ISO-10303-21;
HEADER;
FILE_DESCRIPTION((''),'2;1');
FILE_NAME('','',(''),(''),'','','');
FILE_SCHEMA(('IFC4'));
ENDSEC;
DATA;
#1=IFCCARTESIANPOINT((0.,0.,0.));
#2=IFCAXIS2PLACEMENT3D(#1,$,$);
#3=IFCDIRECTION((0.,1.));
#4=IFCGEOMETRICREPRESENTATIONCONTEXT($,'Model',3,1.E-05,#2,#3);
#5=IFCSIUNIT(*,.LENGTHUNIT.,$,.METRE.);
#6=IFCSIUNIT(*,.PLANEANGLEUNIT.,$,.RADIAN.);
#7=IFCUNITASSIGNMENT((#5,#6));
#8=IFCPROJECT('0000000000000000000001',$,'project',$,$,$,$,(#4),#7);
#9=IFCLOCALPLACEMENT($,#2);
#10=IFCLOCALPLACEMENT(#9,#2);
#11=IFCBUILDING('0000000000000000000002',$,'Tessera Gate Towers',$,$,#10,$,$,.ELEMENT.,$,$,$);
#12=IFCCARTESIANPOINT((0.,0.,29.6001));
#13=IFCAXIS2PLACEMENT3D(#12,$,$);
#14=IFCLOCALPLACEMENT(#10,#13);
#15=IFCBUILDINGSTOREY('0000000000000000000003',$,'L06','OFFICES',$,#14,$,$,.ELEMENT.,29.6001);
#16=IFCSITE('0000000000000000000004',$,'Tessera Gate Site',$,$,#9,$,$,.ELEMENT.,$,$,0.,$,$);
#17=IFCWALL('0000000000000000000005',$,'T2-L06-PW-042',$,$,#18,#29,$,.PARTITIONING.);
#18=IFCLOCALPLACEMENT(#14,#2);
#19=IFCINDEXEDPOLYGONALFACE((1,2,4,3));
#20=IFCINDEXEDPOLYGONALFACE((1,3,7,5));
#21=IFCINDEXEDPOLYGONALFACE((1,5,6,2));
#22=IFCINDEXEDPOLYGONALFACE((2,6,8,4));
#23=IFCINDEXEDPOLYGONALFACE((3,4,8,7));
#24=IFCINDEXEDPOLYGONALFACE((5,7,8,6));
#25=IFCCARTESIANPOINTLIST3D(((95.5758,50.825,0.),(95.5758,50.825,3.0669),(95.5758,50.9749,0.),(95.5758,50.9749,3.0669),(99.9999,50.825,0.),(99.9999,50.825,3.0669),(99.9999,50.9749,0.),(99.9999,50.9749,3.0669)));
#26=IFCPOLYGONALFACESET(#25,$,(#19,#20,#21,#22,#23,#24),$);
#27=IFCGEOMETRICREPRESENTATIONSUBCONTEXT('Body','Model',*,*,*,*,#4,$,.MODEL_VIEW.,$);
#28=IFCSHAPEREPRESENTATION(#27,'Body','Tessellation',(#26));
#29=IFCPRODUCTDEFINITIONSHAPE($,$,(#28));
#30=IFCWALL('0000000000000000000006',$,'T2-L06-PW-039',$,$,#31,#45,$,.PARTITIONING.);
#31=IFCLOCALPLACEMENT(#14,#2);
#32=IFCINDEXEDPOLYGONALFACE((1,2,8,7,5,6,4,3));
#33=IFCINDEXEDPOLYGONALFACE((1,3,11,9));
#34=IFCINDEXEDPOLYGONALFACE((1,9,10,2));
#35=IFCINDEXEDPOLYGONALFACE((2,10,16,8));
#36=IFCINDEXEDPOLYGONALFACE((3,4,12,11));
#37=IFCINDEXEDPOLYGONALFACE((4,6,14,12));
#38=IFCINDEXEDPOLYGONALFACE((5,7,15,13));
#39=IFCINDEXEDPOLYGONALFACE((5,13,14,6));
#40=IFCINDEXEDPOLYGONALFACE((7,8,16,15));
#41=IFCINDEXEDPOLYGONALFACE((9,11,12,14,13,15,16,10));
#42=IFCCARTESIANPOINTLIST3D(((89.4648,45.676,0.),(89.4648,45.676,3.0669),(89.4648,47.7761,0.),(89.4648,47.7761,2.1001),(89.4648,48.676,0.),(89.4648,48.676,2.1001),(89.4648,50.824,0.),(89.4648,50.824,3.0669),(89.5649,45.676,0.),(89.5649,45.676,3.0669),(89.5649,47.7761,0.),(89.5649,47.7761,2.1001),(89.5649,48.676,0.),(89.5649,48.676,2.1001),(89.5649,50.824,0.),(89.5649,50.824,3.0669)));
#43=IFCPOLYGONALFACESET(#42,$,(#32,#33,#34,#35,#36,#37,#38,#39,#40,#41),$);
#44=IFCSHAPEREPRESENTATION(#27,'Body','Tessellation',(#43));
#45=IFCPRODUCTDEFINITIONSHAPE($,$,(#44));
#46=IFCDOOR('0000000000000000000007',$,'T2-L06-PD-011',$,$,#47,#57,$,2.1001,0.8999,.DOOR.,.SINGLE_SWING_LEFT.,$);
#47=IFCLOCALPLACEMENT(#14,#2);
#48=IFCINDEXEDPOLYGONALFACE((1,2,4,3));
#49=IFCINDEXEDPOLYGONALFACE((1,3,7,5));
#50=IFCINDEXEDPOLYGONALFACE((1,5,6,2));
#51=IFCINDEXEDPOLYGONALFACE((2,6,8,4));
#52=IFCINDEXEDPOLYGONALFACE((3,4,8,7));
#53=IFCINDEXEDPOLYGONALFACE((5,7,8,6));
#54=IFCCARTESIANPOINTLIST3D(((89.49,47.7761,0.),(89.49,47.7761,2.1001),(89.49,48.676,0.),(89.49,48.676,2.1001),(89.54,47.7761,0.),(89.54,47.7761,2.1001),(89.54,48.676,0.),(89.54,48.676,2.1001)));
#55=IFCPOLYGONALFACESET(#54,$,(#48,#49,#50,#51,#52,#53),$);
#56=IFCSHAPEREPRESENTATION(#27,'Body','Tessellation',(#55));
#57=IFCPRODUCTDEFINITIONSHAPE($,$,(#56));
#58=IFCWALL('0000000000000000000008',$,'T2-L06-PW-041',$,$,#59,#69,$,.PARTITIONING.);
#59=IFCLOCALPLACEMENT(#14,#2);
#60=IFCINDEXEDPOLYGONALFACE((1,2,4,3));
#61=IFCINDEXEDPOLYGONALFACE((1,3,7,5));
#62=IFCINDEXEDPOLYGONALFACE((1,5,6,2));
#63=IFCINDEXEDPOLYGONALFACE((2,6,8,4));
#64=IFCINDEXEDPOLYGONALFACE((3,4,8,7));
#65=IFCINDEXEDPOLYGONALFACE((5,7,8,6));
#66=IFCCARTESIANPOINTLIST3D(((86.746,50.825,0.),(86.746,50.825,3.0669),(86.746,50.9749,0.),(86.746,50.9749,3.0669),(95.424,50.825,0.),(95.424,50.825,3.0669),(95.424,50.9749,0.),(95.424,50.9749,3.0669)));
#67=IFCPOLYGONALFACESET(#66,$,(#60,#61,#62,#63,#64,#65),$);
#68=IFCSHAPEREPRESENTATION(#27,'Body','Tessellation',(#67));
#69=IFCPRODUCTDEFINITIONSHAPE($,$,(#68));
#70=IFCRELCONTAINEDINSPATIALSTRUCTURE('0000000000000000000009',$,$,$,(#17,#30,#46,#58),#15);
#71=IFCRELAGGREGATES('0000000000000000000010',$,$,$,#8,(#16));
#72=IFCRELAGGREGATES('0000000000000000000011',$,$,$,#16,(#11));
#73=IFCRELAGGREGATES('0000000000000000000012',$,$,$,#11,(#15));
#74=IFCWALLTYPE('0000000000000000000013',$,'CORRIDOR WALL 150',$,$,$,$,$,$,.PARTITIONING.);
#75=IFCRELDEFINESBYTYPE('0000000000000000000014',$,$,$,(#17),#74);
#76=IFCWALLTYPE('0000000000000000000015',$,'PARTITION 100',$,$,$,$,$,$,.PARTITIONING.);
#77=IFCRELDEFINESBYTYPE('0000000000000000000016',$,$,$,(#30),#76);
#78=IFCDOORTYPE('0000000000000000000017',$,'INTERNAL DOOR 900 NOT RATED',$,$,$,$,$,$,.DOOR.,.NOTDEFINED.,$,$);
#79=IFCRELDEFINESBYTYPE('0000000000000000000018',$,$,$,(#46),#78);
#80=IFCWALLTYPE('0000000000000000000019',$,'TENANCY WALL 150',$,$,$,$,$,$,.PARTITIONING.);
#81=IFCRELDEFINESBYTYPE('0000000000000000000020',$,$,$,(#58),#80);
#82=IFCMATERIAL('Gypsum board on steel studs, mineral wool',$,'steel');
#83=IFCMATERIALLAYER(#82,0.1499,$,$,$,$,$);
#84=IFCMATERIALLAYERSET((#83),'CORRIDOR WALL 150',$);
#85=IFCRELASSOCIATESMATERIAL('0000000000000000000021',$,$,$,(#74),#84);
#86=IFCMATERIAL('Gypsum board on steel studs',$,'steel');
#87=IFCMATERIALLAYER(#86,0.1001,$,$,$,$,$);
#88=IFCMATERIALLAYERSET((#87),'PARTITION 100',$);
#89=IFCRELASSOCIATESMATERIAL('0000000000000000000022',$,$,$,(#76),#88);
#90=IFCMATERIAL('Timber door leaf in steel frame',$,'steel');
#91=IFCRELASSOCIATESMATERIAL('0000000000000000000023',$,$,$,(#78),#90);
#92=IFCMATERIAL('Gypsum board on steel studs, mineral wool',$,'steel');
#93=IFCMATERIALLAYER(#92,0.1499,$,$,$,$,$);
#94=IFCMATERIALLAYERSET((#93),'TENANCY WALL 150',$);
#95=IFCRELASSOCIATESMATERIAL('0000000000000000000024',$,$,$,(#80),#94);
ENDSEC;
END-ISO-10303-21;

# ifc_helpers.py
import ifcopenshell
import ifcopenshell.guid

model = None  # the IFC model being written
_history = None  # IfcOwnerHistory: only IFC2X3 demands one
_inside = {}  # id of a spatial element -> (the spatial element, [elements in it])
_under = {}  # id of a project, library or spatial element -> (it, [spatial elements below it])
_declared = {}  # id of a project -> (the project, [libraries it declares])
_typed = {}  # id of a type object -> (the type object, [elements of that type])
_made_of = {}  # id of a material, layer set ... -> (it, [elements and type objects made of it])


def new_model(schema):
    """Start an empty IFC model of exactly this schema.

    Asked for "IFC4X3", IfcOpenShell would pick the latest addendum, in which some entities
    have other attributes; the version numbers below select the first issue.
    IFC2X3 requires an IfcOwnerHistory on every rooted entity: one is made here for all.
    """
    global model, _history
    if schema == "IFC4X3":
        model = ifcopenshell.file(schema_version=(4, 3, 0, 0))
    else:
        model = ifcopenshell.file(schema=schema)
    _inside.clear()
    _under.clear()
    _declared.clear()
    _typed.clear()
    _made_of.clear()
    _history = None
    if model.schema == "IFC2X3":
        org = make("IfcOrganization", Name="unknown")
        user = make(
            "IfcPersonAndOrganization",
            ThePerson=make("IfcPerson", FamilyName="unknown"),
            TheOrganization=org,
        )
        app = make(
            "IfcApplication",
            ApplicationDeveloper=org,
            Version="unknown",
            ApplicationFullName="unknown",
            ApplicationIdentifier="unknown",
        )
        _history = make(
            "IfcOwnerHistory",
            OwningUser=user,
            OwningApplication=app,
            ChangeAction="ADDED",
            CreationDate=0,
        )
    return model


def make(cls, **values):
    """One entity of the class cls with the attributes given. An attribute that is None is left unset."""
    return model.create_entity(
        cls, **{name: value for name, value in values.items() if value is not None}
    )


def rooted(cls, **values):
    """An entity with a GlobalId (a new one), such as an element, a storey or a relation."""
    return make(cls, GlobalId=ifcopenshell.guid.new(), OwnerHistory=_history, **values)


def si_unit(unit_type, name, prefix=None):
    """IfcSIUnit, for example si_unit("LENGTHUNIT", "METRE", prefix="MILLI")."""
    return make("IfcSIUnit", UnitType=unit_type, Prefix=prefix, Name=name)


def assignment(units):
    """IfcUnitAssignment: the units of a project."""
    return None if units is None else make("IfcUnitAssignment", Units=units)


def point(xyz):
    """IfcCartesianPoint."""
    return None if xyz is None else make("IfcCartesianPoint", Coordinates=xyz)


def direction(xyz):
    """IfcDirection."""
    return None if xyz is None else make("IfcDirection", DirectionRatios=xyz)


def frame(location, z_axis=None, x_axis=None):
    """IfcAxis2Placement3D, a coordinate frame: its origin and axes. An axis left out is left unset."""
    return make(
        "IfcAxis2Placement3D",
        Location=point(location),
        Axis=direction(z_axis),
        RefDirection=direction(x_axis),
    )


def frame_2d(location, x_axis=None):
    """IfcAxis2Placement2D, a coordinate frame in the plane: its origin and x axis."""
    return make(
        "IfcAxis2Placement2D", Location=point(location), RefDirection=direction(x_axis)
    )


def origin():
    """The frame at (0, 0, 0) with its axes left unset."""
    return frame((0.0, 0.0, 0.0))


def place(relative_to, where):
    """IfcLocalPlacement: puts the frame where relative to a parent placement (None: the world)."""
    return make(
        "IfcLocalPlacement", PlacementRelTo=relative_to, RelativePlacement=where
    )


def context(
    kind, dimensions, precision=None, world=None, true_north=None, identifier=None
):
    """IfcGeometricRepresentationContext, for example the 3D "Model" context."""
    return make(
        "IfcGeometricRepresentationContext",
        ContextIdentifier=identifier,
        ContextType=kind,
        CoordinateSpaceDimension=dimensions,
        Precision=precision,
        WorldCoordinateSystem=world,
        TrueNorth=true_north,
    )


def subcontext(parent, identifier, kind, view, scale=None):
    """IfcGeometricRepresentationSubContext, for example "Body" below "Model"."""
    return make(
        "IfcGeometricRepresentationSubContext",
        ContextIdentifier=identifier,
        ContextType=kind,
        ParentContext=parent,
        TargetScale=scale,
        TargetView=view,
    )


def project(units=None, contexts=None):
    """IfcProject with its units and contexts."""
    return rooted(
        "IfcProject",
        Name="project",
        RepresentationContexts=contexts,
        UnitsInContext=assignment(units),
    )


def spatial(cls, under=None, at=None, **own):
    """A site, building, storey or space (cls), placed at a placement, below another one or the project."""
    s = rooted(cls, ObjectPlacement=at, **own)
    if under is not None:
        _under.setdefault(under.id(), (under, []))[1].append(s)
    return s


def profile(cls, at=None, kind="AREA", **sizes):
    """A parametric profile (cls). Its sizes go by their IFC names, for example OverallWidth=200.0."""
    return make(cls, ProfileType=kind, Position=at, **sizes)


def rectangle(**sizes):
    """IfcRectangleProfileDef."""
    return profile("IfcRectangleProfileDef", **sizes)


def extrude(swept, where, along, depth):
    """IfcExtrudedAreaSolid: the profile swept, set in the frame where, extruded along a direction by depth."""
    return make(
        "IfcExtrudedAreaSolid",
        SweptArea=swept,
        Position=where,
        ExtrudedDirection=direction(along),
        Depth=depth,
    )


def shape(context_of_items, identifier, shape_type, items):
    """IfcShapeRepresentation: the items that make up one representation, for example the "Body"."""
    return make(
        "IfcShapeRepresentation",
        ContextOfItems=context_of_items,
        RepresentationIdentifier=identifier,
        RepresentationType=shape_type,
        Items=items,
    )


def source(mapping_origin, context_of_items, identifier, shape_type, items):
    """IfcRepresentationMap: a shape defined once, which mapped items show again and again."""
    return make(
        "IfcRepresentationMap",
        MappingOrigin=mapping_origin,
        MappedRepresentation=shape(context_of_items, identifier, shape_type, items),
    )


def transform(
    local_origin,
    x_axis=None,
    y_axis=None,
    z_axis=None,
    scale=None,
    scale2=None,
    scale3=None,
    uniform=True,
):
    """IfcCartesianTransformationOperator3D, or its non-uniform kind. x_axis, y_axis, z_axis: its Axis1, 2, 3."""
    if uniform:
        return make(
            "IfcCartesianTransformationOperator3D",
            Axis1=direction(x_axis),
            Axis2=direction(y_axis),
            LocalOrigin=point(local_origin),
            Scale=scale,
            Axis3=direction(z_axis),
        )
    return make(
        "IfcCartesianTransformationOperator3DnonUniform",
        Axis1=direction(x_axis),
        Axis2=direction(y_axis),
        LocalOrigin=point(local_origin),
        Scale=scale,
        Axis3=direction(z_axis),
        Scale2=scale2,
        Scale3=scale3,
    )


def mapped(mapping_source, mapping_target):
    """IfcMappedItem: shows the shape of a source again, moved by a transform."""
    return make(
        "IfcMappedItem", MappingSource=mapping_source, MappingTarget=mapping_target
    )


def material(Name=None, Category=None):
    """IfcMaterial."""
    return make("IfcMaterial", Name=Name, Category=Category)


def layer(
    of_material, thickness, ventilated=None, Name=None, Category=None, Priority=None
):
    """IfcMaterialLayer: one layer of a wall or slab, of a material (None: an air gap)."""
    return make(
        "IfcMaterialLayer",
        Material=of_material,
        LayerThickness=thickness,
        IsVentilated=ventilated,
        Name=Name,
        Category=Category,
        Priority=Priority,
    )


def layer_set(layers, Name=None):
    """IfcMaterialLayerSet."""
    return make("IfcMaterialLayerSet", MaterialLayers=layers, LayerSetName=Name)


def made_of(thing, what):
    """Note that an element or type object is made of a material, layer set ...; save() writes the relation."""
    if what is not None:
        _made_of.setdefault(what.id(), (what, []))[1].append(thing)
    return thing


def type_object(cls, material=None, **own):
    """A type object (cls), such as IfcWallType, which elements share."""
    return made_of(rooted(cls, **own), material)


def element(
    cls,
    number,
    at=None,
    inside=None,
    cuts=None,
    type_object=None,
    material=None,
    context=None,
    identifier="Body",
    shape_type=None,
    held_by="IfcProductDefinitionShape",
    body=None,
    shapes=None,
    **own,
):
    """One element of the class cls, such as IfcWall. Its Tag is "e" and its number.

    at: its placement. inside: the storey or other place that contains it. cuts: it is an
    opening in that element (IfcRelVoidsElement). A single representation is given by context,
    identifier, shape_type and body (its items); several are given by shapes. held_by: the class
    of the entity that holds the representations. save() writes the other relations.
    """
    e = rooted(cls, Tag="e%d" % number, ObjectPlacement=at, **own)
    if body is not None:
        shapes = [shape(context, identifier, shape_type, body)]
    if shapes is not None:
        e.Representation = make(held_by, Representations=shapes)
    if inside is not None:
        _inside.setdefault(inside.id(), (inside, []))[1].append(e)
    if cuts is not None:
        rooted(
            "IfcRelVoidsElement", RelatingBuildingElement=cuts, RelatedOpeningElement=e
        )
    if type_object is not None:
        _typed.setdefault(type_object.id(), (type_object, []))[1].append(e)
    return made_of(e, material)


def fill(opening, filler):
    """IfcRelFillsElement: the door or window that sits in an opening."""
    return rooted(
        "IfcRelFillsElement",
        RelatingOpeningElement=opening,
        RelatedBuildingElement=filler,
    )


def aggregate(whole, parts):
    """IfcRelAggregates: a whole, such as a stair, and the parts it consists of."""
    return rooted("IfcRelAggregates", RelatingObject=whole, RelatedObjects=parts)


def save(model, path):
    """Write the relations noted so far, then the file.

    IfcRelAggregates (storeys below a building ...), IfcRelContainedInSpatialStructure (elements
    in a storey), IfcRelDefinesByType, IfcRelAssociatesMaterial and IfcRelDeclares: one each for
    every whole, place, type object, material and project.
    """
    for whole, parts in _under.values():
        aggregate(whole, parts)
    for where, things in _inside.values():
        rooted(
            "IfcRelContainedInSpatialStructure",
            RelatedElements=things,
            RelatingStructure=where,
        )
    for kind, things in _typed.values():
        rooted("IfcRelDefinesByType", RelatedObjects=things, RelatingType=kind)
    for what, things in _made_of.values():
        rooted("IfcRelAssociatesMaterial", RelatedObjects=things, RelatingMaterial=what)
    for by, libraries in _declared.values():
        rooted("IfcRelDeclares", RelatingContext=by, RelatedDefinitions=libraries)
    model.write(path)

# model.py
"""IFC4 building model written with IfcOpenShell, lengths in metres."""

from ifc_helpers import new_model, si_unit, direction, frame, frame_2d, origin, place, context, subcontext, project, spatial, rectangle, extrude, source, transform, mapped, material, layer, layer_set, type_object, element, fill, save


model = new_model("IFC4")

# Units and contexts
model_context = context("Model", 3, precision=1e-05, world=origin(), true_north=direction((0.0, 1.0)))
body_context = subcontext(model_context, "Body", "Model", "MODEL_VIEW")
ifc_project = project(units=[si_unit("LENGTHUNIT", "METRE"), si_unit("PLANEANGLEUNIT", "RADIAN")], contexts=[model_context])

# Site, building, storey
site_placement = place(None, origin())
site = spatial("IfcSite", under=ifc_project, at=site_placement, Name="Tessera Gate Site", CompositionType="ELEMENT", RefElevation=0.0)
building_placement = place(site_placement, origin())
building = spatial("IfcBuilding", under=site, at=building_placement, Name="Tessera Gate Towers", CompositionType="ELEMENT")
storey_placement = place(building_placement, frame((0.0, 0.0, 29.6001)))
storey = spatial("IfcBuildingStorey", under=building, at=storey_placement, Name="L06", Description="OFFICES", CompositionType="ELEMENT", Elevation=29.6001)

# Wall
ifc_material_1 = material(Name="Gypsum board on steel studs, mineral wool", Category="steel")
ifc_layer_1 = layer(ifc_material_1, 0.1499)
ifc_layer_set_1 = layer_set([ifc_layer_1], Name="CORRIDOR WALL 150")
wall_type_1 = type_object("IfcWallType", Name="CORRIDOR WALL 150", PredefinedType="PARTITIONING", material=ifc_layer_set_1)
wall_1_placement = place(storey_placement, frame((95.5759, 50.8999, 0.0), z_axis=(0.0, 0.0, 1.0), x_axis=(1.0, 0.0, 0.0)))
element("IfcWall", 1, at=wall_1_placement, inside=storey, type_object=wall_type_1, Name="T2-L06-PW-042", PredefinedType="PARTITIONING", context=body_context, shape_type="SweptSolid", body=[
    extrude(rectangle(XDim=4.4241, YDim=0.1499, at=frame_2d((2.2119, 0.0))), origin(), (0.0, 0.0, 1.0), 3.0669),
])

# Wall, opening, door
ifc_material_2 = material(Name="Gypsum board on steel studs", Category="steel")
ifc_layer_2 = layer(ifc_material_2, 0.1001)
ifc_layer_set_2 = layer_set([ifc_layer_2], Name="PARTITION 100")
wall_type_2 = type_object("IfcWallType", Name="PARTITION 100", PredefinedType="PARTITIONING", material=ifc_layer_set_2)
wall_2_placement = place(storey_placement, frame((89.5149, 45.676, 0.0), z_axis=(0.0, 0.0, 1.0), x_axis=(0.0, 1.0, 0.0)))
wall_2 = element("IfcWall", 2, at=wall_2_placement, inside=storey, type_object=wall_type_2, Name="T2-L06-PW-039", PredefinedType="PARTITIONING", context=body_context, shape_type="SweptSolid", body=[
    extrude(rectangle(XDim=5.1479, YDim=0.1001, at=frame_2d((2.574, 0.0))), origin(), (0.0, 0.0, 1.0), 3.0669),
])
shared_shape_1 = source(origin(), body_context, "Body", "SweptSolid", [
    extrude(rectangle(XDim=0.8999, YDim=2.1001, at=frame_2d((0.45, 1.05))), frame((0.0, 0.0601, 0.0), z_axis=(0.0, -1.0, 0.0), x_axis=(1.0, 0.0, 0.0)), (0.0, 0.0, 1.0), 0.1201),
])
opening_placement = place(wall_2_placement, frame((2.1001, 0.0, 0.0)))
opening = element("IfcOpeningElement", 3, at=opening_placement, cuts=wall_2, PredefinedType="OPENING", context=body_context, shape_type="MappedRepresentation", body=[
    mapped(shared_shape_1, transform((0.0, 0.0, 0.0), scale=1.0)),
])
ifc_material_3 = material(Name="Timber door leaf in steel frame", Category="steel")
door_type = type_object("IfcDoorType", Name="INTERNAL DOOR 900 NOT RATED", OperationType="NOTDEFINED", PredefinedType="DOOR", material=ifc_material_3)
shared_shape_2 = source(origin(), body_context, "Body", "SweptSolid", [
    extrude(rectangle(XDim=0.8999, YDim=2.1001, at=frame_2d((0.45, 1.05))), frame((0.0, 0.0249, 0.0), z_axis=(0.0, -1.0, 0.0), x_axis=(1.0, 0.0, 0.0)), (0.0, 0.0, 1.0), 0.05),
])
door_placement = place(opening_placement, origin())
door = element("IfcDoor", 4, at=door_placement, inside=storey, type_object=door_type, Name="T2-L06-PD-011", OperationType="SINGLE_SWING_LEFT", OverallHeight=2.1001, OverallWidth=0.8999, PredefinedType="DOOR", context=body_context, shape_type="MappedRepresentation", body=[
    mapped(shared_shape_2, transform((0.0, 0.0, 0.0), scale=1.0)),
])
fill(opening, door)

# Wall
ifc_material_4 = material(Name="Gypsum board on steel studs, mineral wool", Category="steel")
ifc_layer_3 = layer(ifc_material_4, 0.1499)
ifc_layer_set_3 = layer_set([ifc_layer_3], Name="TENANCY WALL 150")
wall_type_3 = type_object("IfcWallType", Name="TENANCY WALL 150", PredefinedType="PARTITIONING", material=ifc_layer_set_3)
wall_3_placement = place(storey_placement, frame((86.7461, 50.8999, 0.0), z_axis=(0.0, 0.0, 1.0), x_axis=(1.0, 0.0, 0.0)))
element("IfcWall", 5, at=wall_3_placement, inside=storey, type_object=wall_type_3, Name="T2-L06-PW-041", PredefinedType="PARTITIONING", context=body_context, shape_type="SweptSolid", body=[
    extrude(rectangle(XDim=8.678, YDim=0.1499, at=frame_2d((4.3389, 0.0))), origin(), (0.0, 0.0, 1.0), 3.0669),
])

save(model, "model.ifc")
